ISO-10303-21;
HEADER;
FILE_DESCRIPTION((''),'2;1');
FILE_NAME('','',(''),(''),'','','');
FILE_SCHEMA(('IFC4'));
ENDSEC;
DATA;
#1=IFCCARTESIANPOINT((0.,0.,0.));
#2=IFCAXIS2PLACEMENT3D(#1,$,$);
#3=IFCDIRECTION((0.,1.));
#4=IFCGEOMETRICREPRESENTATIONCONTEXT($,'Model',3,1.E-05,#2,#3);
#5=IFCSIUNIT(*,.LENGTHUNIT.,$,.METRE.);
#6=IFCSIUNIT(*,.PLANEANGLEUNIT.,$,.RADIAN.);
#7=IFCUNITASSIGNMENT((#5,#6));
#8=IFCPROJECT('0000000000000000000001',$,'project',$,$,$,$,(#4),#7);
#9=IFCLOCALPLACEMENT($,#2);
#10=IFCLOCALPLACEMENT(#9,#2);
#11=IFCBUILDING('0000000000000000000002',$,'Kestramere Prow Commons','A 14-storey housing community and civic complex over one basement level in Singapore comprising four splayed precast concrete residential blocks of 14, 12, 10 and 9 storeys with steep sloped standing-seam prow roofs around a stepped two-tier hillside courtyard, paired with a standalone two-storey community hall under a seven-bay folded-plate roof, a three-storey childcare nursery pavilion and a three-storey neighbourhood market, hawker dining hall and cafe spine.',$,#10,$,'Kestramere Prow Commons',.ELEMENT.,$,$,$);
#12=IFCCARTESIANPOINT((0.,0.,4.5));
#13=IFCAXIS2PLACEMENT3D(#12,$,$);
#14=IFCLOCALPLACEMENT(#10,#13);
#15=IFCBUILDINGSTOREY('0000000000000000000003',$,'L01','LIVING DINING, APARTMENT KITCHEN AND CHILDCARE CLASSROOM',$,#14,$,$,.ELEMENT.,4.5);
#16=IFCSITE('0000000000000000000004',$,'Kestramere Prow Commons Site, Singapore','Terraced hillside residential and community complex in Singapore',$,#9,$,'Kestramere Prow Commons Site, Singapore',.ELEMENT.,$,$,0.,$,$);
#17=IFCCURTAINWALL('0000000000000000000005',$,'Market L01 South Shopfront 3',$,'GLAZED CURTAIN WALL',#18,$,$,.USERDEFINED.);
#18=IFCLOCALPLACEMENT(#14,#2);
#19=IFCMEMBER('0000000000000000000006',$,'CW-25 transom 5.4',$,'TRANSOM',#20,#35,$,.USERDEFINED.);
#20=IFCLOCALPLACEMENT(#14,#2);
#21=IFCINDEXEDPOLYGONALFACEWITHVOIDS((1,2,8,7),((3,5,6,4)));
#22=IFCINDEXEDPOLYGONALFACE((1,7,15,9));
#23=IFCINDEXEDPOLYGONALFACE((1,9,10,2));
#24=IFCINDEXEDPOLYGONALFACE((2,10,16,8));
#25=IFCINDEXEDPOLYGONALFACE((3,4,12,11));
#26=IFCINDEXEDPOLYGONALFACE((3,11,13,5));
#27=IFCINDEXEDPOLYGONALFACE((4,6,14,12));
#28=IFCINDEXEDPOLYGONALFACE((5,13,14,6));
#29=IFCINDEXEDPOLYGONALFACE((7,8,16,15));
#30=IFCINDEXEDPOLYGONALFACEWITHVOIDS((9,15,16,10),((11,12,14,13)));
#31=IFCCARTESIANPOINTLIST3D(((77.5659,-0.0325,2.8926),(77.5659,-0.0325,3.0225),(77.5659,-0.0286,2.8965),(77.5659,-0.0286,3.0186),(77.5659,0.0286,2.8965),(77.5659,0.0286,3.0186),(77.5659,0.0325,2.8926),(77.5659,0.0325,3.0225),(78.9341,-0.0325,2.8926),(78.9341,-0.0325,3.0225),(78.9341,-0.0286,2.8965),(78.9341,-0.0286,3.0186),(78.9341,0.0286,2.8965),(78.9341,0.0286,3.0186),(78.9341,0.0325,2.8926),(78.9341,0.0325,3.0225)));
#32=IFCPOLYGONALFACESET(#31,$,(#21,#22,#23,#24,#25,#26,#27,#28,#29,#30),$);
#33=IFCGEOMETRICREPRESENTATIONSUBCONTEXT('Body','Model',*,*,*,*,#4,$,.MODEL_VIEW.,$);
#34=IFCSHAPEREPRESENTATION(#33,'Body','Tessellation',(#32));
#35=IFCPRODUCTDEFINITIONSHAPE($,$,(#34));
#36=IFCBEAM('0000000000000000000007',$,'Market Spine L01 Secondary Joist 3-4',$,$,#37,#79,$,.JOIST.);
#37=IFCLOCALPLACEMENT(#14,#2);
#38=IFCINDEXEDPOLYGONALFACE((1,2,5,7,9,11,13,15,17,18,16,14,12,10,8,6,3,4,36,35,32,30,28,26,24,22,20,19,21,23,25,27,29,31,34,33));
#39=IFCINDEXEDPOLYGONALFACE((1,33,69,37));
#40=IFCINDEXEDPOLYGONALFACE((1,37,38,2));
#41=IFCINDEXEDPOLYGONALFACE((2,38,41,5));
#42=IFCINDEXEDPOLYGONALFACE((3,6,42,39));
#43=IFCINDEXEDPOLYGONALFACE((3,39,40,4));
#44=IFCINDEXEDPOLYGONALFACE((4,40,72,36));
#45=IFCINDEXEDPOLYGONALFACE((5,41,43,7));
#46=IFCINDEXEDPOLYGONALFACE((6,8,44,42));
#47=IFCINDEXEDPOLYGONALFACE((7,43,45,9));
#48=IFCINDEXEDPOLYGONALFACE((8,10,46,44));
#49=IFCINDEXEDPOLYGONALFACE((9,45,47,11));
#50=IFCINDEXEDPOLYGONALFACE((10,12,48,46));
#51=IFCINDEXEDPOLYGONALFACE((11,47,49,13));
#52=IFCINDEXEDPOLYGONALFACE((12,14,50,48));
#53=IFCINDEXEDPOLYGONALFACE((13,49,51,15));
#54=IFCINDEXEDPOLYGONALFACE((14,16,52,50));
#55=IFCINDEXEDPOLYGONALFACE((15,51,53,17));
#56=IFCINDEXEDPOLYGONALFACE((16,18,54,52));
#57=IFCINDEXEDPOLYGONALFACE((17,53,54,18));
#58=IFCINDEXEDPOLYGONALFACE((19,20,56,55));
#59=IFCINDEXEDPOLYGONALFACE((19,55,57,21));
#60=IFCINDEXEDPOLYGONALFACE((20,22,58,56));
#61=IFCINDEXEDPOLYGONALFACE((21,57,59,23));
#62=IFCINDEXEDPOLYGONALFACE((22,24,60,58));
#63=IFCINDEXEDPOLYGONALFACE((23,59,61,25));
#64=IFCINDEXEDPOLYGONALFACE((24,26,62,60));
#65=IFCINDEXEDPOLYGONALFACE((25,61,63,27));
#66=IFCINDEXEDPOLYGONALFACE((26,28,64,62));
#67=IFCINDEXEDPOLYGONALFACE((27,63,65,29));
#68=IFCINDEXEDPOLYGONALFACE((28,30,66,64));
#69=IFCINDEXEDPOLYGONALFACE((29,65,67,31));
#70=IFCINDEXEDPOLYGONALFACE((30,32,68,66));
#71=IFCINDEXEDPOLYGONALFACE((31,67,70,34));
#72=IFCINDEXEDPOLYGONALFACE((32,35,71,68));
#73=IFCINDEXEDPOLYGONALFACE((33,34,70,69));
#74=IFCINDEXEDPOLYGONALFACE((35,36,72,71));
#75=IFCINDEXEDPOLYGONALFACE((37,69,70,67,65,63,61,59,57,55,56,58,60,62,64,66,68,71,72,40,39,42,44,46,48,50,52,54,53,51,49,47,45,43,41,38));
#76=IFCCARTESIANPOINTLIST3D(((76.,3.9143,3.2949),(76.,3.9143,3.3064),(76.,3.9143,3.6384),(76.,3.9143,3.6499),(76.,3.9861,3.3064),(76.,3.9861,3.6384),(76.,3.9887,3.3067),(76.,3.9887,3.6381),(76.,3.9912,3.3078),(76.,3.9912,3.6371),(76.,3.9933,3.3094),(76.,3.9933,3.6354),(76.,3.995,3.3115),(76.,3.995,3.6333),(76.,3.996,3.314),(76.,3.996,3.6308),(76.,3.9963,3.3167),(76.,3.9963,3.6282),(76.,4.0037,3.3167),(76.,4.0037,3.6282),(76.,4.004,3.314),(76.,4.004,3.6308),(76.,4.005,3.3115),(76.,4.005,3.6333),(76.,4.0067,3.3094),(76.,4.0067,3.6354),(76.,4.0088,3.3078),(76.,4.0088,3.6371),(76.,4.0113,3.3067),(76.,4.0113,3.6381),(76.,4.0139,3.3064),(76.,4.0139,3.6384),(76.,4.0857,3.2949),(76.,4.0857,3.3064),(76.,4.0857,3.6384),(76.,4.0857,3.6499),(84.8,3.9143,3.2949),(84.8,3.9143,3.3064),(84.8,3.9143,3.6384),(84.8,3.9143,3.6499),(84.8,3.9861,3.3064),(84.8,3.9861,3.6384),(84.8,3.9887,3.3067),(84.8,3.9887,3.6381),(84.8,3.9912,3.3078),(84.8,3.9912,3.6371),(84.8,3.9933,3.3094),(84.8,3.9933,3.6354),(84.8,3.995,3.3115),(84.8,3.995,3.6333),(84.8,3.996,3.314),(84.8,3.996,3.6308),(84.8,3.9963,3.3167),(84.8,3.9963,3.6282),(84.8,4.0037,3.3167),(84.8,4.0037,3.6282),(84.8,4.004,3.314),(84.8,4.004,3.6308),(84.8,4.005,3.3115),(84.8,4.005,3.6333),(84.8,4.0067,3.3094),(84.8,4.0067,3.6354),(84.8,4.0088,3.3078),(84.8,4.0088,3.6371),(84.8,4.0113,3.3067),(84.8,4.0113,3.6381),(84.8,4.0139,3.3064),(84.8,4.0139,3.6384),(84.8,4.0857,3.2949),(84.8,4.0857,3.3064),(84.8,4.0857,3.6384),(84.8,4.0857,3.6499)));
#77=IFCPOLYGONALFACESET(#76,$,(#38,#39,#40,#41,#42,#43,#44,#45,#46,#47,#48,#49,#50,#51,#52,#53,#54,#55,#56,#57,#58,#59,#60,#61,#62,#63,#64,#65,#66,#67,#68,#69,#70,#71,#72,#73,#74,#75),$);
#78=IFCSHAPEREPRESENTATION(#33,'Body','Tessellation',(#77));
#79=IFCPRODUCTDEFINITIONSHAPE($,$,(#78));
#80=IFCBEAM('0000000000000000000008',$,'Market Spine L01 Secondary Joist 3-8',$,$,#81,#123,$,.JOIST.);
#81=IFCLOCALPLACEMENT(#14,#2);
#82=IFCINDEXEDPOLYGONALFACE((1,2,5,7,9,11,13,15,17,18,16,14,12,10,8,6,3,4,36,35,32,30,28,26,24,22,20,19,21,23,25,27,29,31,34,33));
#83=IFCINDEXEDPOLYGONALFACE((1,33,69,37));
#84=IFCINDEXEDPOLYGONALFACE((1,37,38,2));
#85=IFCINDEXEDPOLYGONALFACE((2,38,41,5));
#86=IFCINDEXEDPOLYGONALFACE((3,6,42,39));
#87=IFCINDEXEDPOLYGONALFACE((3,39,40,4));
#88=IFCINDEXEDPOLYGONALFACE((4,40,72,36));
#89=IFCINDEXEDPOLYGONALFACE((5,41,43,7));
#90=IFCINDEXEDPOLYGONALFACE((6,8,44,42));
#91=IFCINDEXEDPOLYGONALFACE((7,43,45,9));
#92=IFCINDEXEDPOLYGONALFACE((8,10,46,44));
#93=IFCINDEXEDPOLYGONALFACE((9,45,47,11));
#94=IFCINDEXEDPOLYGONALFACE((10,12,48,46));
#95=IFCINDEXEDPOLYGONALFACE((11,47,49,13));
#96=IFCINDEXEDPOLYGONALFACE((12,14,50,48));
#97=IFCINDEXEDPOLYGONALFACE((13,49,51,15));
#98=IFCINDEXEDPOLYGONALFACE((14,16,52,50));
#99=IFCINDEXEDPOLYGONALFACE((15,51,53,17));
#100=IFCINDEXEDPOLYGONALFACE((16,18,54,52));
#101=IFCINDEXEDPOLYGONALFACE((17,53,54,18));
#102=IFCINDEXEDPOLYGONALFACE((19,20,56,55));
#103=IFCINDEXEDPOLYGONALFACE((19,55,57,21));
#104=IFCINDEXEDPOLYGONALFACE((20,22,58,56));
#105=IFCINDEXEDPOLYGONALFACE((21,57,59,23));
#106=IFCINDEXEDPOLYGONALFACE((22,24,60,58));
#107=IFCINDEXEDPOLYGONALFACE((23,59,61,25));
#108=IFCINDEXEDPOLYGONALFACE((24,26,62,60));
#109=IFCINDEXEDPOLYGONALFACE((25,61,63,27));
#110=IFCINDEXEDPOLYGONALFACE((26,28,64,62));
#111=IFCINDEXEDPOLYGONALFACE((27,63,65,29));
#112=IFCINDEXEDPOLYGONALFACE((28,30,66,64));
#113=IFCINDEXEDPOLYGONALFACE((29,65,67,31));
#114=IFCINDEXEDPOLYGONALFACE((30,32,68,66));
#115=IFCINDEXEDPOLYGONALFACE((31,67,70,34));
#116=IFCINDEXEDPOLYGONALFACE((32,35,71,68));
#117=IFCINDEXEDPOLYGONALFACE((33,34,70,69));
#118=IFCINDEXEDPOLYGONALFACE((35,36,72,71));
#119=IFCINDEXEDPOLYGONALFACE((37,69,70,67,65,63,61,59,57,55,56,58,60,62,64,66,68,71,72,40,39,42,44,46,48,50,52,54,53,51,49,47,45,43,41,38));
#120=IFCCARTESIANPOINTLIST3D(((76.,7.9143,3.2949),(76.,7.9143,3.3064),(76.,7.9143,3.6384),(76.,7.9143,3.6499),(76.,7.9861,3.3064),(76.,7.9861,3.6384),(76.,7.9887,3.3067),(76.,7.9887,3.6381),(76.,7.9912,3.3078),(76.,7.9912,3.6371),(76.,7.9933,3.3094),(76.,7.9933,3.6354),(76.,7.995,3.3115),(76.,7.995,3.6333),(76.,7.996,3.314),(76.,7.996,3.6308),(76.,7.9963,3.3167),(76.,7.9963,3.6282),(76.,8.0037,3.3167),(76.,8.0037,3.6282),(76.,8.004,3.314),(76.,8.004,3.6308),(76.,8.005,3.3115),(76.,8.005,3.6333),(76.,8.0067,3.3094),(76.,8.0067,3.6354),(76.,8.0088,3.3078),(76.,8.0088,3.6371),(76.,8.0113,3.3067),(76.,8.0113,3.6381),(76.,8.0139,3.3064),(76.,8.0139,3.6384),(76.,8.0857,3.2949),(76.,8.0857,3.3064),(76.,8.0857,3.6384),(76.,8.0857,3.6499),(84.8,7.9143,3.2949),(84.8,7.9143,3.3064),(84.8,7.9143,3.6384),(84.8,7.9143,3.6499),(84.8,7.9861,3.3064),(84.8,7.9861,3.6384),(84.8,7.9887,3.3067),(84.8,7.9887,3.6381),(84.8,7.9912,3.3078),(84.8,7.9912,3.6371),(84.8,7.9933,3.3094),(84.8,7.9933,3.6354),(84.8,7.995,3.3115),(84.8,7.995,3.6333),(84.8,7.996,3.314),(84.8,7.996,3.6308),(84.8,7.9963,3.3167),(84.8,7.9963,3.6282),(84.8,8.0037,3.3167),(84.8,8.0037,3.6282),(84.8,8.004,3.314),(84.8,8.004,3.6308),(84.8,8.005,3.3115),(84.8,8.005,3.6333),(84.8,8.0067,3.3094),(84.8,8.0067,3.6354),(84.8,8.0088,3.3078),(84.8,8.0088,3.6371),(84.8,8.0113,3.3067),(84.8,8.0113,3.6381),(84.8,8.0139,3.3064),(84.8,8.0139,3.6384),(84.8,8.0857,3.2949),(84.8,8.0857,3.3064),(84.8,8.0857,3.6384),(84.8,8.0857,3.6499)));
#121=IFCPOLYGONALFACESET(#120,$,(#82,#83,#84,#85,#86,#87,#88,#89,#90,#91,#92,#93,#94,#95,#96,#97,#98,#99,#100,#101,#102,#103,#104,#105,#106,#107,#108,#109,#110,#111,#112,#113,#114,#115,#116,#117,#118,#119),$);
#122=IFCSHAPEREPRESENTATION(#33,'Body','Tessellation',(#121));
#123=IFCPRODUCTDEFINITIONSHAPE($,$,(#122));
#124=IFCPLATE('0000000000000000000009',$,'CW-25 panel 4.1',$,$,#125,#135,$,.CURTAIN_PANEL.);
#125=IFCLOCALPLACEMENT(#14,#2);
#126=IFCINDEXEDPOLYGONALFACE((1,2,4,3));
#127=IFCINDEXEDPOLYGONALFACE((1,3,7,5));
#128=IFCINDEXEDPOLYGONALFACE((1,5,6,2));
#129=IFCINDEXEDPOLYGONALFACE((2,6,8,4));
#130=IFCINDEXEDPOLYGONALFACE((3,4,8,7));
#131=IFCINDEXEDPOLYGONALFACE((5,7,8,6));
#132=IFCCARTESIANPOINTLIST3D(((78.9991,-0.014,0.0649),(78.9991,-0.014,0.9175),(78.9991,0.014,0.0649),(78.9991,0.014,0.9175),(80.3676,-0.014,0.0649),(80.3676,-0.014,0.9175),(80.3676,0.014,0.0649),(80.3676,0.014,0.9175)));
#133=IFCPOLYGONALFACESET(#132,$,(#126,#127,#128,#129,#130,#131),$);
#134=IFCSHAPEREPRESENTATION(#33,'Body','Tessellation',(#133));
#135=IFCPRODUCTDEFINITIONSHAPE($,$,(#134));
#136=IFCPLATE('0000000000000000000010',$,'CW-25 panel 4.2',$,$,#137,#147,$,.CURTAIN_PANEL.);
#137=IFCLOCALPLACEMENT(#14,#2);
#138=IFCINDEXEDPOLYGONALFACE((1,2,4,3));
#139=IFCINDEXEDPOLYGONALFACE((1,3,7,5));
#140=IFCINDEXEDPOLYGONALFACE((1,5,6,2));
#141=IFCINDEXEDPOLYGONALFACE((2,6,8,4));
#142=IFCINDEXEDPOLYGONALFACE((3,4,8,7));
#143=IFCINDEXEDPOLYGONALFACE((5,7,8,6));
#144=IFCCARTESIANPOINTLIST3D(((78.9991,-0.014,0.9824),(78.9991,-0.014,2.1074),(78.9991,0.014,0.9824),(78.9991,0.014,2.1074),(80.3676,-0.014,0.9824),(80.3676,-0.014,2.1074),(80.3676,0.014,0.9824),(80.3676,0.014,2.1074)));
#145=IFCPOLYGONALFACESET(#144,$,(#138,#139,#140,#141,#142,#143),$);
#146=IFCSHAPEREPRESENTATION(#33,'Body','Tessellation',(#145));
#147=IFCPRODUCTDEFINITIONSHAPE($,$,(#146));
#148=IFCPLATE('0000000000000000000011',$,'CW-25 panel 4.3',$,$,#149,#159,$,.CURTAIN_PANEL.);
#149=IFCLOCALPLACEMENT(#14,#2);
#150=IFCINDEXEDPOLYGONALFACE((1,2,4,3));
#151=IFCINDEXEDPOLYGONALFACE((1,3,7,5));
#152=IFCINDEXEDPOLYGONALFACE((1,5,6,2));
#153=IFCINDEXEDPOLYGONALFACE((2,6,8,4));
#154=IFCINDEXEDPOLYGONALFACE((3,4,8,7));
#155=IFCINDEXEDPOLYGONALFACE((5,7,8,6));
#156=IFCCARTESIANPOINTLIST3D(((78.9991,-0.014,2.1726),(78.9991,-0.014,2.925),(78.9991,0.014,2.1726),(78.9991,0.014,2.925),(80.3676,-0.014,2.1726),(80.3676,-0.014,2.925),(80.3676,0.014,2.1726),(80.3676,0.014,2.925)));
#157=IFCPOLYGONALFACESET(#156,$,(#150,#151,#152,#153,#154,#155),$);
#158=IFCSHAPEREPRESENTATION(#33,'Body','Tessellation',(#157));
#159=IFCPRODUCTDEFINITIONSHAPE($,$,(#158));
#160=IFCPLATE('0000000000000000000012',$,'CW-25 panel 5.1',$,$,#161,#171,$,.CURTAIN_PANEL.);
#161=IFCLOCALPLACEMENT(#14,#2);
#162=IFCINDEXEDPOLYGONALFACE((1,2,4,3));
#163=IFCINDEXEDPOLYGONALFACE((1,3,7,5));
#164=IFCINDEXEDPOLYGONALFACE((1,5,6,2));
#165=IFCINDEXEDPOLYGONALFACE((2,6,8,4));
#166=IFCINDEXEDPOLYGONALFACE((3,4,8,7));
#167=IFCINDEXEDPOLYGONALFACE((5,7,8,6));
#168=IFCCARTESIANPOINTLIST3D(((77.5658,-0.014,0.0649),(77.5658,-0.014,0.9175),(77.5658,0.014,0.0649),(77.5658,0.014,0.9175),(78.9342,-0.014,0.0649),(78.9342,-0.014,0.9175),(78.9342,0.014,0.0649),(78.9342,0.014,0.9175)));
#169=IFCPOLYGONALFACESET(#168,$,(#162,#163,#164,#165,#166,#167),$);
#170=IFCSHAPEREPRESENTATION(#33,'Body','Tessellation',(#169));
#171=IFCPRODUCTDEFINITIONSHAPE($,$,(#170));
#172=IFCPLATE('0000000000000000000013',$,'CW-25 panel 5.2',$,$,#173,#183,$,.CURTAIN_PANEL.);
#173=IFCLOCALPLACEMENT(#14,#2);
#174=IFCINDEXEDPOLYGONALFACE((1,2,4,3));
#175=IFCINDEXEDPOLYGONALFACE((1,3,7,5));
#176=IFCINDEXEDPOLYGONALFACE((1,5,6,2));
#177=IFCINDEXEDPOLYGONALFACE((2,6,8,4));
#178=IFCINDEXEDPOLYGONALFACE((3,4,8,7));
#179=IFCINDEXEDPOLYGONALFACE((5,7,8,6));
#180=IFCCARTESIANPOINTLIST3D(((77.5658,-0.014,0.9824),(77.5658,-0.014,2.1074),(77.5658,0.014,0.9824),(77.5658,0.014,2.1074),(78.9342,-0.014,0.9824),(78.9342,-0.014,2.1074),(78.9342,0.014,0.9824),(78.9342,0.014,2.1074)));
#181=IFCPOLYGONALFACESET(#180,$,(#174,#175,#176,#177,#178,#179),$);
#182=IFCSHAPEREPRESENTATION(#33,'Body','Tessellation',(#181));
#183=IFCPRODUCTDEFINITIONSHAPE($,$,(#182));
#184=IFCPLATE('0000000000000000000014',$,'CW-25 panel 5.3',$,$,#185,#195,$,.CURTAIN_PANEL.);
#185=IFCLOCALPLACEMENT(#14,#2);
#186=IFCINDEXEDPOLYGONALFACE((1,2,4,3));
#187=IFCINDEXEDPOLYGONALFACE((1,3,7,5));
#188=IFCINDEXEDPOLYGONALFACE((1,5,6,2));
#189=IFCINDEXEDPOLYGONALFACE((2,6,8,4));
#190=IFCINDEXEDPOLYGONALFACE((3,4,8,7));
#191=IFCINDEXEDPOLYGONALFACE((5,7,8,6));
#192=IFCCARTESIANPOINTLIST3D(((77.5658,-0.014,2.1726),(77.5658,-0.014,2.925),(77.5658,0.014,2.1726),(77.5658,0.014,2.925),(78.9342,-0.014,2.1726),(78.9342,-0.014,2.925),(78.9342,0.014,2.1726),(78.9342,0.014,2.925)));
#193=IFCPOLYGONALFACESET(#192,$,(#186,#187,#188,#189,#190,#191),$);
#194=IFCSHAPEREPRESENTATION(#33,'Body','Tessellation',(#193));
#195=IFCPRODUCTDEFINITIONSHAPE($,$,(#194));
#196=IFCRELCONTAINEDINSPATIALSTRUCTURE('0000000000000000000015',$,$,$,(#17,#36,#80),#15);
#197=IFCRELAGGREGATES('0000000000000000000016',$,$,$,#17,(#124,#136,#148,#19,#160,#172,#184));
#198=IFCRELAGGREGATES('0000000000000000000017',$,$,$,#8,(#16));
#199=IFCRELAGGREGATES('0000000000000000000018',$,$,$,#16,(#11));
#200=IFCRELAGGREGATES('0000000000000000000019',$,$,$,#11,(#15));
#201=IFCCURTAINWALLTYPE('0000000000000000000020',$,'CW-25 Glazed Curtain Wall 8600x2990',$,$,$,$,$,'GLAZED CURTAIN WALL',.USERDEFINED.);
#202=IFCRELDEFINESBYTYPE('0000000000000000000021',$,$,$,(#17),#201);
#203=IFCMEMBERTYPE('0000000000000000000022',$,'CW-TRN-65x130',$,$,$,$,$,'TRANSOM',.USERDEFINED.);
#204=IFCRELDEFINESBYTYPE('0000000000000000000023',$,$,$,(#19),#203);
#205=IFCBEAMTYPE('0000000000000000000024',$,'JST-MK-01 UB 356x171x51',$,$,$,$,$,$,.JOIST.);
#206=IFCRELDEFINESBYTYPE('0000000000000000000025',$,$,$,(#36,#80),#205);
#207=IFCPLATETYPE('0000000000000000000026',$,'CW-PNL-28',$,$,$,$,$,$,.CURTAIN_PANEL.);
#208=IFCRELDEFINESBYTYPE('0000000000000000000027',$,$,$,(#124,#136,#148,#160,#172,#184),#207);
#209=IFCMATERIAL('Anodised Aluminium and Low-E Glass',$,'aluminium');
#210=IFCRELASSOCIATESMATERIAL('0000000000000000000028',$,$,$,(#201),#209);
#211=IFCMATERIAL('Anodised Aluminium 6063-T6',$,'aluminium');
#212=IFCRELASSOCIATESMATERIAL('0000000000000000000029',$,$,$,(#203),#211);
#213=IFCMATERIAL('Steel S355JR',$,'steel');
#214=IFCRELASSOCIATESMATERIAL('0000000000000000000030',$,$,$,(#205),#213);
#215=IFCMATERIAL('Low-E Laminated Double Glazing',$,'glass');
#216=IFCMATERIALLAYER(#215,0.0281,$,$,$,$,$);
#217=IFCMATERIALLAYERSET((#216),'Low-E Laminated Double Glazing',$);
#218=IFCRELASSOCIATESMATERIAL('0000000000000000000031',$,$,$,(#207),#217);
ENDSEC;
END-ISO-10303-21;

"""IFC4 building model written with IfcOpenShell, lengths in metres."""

from ifc_helpers import new_model, si_unit, direction, frame, origin, origin_2d, place, context, subcontext, project, spatial, rectangle, hollow_rectangle, i_section, extrude, material, layer, layer_set, material_profile, profile_set, type_object, element, aggregate, save


model = new_model("IFC4")

# Units and contexts
model_context = context("Model", 3, precision=1e-05, world=origin(), true_north=direction((0.0, 1.0)))
body_context = subcontext(model_context, "Body", "Model", "MODEL_VIEW")
ifc_project = project(units=[si_unit("LENGTHUNIT", "METRE"), si_unit("PLANEANGLEUNIT", "RADIAN")], contexts=[model_context])

# Site, building, storey
site_placement = place(None, origin())
site = spatial("IfcSite", under=ifc_project, at=site_placement, Name="Kestramere Prow Commons Site, Singapore", Description="Terraced hillside residential and community complex in Singapore", LongName="Kestramere Prow Commons Site, Singapore", CompositionType="ELEMENT", RefElevation=0.0)
building_placement = place(site_placement, origin())
building = spatial("IfcBuilding", under=site, at=building_placement, Name="Kestramere Prow Commons", Description="A 14-storey housing community and civic complex over one basement level in Singapore comprising four splayed precast concrete residential blocks of 14, 12, 10 and 9 storeys with steep sloped standing-seam prow roofs around a stepped two-tier hillside courtyard, paired with a standalone two-storey community hall under a seven-bay folded-plate roof, a three-storey childcare nursery pavilion and a three-storey neighbourhood market, hawker dining hall and cafe spine.", LongName="Kestramere Prow Commons", CompositionType="ELEMENT")
storey_placement = place(building_placement, frame((0.0, 0.0, 4.5)))
storey = spatial("IfcBuildingStorey", under=building, at=storey_placement, Name="L01", Description="LIVING DINING, APARTMENT KITCHEN AND CHILDCARE CLASSROOM", CompositionType="ELEMENT", Elevation=4.5)

# Curtain wall, member
ifc_material_1 = material(Name="Anodised Aluminium and Low-E Glass", Category="aluminium")
curtain_wall_type = type_object("IfcCurtainWallType", Name="CW-25 Glazed Curtain Wall 8600x2990", ElementType="GLAZED CURTAIN WALL", PredefinedType="USERDEFINED", material=ifc_material_1)
curtain_wall_placement = place(storey_placement, origin())
curtain_wall = element("IfcCurtainWall", 1, at=curtain_wall_placement, inside=storey, type_object=curtain_wall_type, Name="Market L01 South Shopfront 3", ObjectType="GLAZED CURTAIN WALL", PredefinedType="USERDEFINED")
ifc_material_2 = material(Name="Anodised Aluminium 6063-T6", Category="aluminium")
ifc_material_profile_1 = material_profile(ifc_material_2, hollow_rectangle(XDim=0.0649, YDim=0.1299, WallThickness=0.0039, at=origin_2d()), Name="ALU-TRN 65x130")
ifc_profile_set_1 = profile_set([ifc_material_profile_1], Name="Anodised Aluminium 6063-T6")
member_type_1 = type_object("IfcMemberType", Name="CW-TRN-65x130", ElementType="TRANSOM", PredefinedType="USERDEFINED", material=ifc_profile_set_1)
member_1_placement = place(storey_placement, frame((78.9341, 0.0, 2.9575), z_axis=(-1.0, 0.0, 0.0), x_axis=(0.0, -1.0, 0.0)))
member_1 = element("IfcMember", 2, at=member_1_placement, type_object=member_type_1, Name="CW-25 transom 5.4", ObjectType="TRANSOM", PredefinedType="USERDEFINED", context=body_context, shape_type="SweptSolid", body=[
    extrude(hollow_rectangle(XDim=0.0649, YDim=0.1299, WallThickness=0.0039, at=origin_2d()), origin(), (0.0, 0.0, 1.0), 1.3682),
])

# Beams
ifc_material_3 = material(Name="Steel S355JR", Category="steel")
ifc_material_profile_2 = material_profile(ifc_material_3, i_section(OverallWidth=0.1714, OverallDepth=0.355, WebThickness=0.0073, FlangeThickness=0.0115, FilletRadius=0.0103, at=origin_2d()), Name="UB 356x171x51")
ifc_profile_set_2 = profile_set([ifc_material_profile_2], Name="Steel S355JR")
beam_type_1 = type_object("IfcBeamType", Name="JST-MK-01 UB 356x171x51", PredefinedType="JOIST", material=ifc_profile_set_2)
for number, where, z_axis, x_axis, name in (
    (3, (76.0, 4.0, 3.4724), (1.0, 0.0, 0.0), (0.0, 1.0, 0.0), "Market Spine L01 Secondary Joist 3-4"),
    (4, (76.0, 8.0, 3.4724), (1.0, 0.0, 0.0), (0.0, 1.0, 0.0), "Market Spine L01 Secondary Joist 3-8"),
):
    element("IfcBeam", number, at=place(storey_placement, frame(where, z_axis=z_axis, x_axis=x_axis)), inside=storey, type_object=beam_type_1, Name=name, PredefinedType="JOIST", context=body_context, shape_type="SweptSolid", body=[
        extrude(i_section(OverallWidth=0.1714, OverallDepth=0.355, WebThickness=0.0073, FlangeThickness=0.0115, FilletRadius=0.0103, at=origin_2d()), origin(), (0.0, 0.0, 1.0), 8.8),
    ])

# Plates
ifc_material_4 = material(Name="Low-E Laminated Double Glazing", Category="glass")
ifc_layer_1 = layer(ifc_material_4, 0.0281)
ifc_layer_set_1 = layer_set([ifc_layer_1], Name="Low-E Laminated Double Glazing")
plate_type = type_object("IfcPlateType", Name="CW-PNL-28", PredefinedType="CURTAIN_PANEL", material=ifc_layer_set_1)
plate_1_placement = place(storey_placement, frame((79.6833, 0.0, 0.0649), z_axis=(0.0, 0.0, 1.0), x_axis=(-1.0, 0.0, 0.0)))
plate_1 = element("IfcPlate", 5, at=plate_1_placement, type_object=plate_type, Name="CW-25 panel 4.1", PredefinedType="CURTAIN_PANEL", context=body_context, shape_type="SweptSolid", body=[
    extrude(rectangle(XDim=1.3684, YDim=0.0281, at=origin_2d()), origin(), (0.0, 0.0, 1.0), 0.8525),
])
plate_2_placement = place(storey_placement, frame((79.6833, 0.0, 0.9824), z_axis=(0.0, 0.0, 1.0), x_axis=(-1.0, 0.0, 0.0)))
plate_2 = element("IfcPlate", 6, at=plate_2_placement, type_object=plate_type, Name="CW-25 panel 4.2", PredefinedType="CURTAIN_PANEL", context=body_context, shape_type="SweptSolid", body=[
    extrude(rectangle(XDim=1.3684, YDim=0.0281, at=origin_2d()), origin(), (0.0, 0.0, 1.0), 1.125),
])
plate_3_placement = place(storey_placement, frame((79.6833, 0.0, 2.1726), z_axis=(0.0, 0.0, 1.0), x_axis=(-1.0, 0.0, 0.0)))
plate_3 = element("IfcPlate", 7, at=plate_3_placement, type_object=plate_type, Name="CW-25 panel 4.3", PredefinedType="CURTAIN_PANEL", context=body_context, shape_type="SweptSolid", body=[
    extrude(rectangle(XDim=1.3684, YDim=0.0281, at=origin_2d()), origin(), (0.0, 0.0, 1.0), 0.7524),
])
plate_4_placement = place(storey_placement, frame((78.25, 0.0, 0.0649), z_axis=(0.0, 0.0, 1.0), x_axis=(-1.0, 0.0, 0.0)))
plate_4 = element("IfcPlate", 8, at=plate_4_placement, type_object=plate_type, Name="CW-25 panel 5.1", PredefinedType="CURTAIN_PANEL", context=body_context, shape_type="SweptSolid", body=[
    extrude(rectangle(XDim=1.3684, YDim=0.0281, at=origin_2d()), origin(), (0.0, 0.0, 1.0), 0.8525),
])
plate_5_placement = place(storey_placement, frame((78.25, 0.0, 0.9824), z_axis=(0.0, 0.0, 1.0), x_axis=(-1.0, 0.0, 0.0)))
plate_5 = element("IfcPlate", 9, at=plate_5_placement, type_object=plate_type, Name="CW-25 panel 5.2", PredefinedType="CURTAIN_PANEL", context=body_context, shape_type="SweptSolid", body=[
    extrude(rectangle(XDim=1.3684, YDim=0.0281, at=origin_2d()), origin(), (0.0, 0.0, 1.0), 1.125),
])
plate_6_placement = place(storey_placement, frame((78.25, 0.0, 2.1726), z_axis=(0.0, 0.0, 1.0), x_axis=(-1.0, 0.0, 0.0)))
plate_6 = element("IfcPlate", 10, at=plate_6_placement, type_object=plate_type, Name="CW-25 panel 5.3", PredefinedType="CURTAIN_PANEL", context=body_context, shape_type="SweptSolid", body=[
    extrude(rectangle(XDim=1.3684, YDim=0.0281, at=origin_2d()), origin(), (0.0, 0.0, 1.0), 0.7524),
])
aggregate(curtain_wall, [plate_1, plate_2, plate_3, member_1, plate_4, plate_5, plate_6])

save(model, "model.ifc")
